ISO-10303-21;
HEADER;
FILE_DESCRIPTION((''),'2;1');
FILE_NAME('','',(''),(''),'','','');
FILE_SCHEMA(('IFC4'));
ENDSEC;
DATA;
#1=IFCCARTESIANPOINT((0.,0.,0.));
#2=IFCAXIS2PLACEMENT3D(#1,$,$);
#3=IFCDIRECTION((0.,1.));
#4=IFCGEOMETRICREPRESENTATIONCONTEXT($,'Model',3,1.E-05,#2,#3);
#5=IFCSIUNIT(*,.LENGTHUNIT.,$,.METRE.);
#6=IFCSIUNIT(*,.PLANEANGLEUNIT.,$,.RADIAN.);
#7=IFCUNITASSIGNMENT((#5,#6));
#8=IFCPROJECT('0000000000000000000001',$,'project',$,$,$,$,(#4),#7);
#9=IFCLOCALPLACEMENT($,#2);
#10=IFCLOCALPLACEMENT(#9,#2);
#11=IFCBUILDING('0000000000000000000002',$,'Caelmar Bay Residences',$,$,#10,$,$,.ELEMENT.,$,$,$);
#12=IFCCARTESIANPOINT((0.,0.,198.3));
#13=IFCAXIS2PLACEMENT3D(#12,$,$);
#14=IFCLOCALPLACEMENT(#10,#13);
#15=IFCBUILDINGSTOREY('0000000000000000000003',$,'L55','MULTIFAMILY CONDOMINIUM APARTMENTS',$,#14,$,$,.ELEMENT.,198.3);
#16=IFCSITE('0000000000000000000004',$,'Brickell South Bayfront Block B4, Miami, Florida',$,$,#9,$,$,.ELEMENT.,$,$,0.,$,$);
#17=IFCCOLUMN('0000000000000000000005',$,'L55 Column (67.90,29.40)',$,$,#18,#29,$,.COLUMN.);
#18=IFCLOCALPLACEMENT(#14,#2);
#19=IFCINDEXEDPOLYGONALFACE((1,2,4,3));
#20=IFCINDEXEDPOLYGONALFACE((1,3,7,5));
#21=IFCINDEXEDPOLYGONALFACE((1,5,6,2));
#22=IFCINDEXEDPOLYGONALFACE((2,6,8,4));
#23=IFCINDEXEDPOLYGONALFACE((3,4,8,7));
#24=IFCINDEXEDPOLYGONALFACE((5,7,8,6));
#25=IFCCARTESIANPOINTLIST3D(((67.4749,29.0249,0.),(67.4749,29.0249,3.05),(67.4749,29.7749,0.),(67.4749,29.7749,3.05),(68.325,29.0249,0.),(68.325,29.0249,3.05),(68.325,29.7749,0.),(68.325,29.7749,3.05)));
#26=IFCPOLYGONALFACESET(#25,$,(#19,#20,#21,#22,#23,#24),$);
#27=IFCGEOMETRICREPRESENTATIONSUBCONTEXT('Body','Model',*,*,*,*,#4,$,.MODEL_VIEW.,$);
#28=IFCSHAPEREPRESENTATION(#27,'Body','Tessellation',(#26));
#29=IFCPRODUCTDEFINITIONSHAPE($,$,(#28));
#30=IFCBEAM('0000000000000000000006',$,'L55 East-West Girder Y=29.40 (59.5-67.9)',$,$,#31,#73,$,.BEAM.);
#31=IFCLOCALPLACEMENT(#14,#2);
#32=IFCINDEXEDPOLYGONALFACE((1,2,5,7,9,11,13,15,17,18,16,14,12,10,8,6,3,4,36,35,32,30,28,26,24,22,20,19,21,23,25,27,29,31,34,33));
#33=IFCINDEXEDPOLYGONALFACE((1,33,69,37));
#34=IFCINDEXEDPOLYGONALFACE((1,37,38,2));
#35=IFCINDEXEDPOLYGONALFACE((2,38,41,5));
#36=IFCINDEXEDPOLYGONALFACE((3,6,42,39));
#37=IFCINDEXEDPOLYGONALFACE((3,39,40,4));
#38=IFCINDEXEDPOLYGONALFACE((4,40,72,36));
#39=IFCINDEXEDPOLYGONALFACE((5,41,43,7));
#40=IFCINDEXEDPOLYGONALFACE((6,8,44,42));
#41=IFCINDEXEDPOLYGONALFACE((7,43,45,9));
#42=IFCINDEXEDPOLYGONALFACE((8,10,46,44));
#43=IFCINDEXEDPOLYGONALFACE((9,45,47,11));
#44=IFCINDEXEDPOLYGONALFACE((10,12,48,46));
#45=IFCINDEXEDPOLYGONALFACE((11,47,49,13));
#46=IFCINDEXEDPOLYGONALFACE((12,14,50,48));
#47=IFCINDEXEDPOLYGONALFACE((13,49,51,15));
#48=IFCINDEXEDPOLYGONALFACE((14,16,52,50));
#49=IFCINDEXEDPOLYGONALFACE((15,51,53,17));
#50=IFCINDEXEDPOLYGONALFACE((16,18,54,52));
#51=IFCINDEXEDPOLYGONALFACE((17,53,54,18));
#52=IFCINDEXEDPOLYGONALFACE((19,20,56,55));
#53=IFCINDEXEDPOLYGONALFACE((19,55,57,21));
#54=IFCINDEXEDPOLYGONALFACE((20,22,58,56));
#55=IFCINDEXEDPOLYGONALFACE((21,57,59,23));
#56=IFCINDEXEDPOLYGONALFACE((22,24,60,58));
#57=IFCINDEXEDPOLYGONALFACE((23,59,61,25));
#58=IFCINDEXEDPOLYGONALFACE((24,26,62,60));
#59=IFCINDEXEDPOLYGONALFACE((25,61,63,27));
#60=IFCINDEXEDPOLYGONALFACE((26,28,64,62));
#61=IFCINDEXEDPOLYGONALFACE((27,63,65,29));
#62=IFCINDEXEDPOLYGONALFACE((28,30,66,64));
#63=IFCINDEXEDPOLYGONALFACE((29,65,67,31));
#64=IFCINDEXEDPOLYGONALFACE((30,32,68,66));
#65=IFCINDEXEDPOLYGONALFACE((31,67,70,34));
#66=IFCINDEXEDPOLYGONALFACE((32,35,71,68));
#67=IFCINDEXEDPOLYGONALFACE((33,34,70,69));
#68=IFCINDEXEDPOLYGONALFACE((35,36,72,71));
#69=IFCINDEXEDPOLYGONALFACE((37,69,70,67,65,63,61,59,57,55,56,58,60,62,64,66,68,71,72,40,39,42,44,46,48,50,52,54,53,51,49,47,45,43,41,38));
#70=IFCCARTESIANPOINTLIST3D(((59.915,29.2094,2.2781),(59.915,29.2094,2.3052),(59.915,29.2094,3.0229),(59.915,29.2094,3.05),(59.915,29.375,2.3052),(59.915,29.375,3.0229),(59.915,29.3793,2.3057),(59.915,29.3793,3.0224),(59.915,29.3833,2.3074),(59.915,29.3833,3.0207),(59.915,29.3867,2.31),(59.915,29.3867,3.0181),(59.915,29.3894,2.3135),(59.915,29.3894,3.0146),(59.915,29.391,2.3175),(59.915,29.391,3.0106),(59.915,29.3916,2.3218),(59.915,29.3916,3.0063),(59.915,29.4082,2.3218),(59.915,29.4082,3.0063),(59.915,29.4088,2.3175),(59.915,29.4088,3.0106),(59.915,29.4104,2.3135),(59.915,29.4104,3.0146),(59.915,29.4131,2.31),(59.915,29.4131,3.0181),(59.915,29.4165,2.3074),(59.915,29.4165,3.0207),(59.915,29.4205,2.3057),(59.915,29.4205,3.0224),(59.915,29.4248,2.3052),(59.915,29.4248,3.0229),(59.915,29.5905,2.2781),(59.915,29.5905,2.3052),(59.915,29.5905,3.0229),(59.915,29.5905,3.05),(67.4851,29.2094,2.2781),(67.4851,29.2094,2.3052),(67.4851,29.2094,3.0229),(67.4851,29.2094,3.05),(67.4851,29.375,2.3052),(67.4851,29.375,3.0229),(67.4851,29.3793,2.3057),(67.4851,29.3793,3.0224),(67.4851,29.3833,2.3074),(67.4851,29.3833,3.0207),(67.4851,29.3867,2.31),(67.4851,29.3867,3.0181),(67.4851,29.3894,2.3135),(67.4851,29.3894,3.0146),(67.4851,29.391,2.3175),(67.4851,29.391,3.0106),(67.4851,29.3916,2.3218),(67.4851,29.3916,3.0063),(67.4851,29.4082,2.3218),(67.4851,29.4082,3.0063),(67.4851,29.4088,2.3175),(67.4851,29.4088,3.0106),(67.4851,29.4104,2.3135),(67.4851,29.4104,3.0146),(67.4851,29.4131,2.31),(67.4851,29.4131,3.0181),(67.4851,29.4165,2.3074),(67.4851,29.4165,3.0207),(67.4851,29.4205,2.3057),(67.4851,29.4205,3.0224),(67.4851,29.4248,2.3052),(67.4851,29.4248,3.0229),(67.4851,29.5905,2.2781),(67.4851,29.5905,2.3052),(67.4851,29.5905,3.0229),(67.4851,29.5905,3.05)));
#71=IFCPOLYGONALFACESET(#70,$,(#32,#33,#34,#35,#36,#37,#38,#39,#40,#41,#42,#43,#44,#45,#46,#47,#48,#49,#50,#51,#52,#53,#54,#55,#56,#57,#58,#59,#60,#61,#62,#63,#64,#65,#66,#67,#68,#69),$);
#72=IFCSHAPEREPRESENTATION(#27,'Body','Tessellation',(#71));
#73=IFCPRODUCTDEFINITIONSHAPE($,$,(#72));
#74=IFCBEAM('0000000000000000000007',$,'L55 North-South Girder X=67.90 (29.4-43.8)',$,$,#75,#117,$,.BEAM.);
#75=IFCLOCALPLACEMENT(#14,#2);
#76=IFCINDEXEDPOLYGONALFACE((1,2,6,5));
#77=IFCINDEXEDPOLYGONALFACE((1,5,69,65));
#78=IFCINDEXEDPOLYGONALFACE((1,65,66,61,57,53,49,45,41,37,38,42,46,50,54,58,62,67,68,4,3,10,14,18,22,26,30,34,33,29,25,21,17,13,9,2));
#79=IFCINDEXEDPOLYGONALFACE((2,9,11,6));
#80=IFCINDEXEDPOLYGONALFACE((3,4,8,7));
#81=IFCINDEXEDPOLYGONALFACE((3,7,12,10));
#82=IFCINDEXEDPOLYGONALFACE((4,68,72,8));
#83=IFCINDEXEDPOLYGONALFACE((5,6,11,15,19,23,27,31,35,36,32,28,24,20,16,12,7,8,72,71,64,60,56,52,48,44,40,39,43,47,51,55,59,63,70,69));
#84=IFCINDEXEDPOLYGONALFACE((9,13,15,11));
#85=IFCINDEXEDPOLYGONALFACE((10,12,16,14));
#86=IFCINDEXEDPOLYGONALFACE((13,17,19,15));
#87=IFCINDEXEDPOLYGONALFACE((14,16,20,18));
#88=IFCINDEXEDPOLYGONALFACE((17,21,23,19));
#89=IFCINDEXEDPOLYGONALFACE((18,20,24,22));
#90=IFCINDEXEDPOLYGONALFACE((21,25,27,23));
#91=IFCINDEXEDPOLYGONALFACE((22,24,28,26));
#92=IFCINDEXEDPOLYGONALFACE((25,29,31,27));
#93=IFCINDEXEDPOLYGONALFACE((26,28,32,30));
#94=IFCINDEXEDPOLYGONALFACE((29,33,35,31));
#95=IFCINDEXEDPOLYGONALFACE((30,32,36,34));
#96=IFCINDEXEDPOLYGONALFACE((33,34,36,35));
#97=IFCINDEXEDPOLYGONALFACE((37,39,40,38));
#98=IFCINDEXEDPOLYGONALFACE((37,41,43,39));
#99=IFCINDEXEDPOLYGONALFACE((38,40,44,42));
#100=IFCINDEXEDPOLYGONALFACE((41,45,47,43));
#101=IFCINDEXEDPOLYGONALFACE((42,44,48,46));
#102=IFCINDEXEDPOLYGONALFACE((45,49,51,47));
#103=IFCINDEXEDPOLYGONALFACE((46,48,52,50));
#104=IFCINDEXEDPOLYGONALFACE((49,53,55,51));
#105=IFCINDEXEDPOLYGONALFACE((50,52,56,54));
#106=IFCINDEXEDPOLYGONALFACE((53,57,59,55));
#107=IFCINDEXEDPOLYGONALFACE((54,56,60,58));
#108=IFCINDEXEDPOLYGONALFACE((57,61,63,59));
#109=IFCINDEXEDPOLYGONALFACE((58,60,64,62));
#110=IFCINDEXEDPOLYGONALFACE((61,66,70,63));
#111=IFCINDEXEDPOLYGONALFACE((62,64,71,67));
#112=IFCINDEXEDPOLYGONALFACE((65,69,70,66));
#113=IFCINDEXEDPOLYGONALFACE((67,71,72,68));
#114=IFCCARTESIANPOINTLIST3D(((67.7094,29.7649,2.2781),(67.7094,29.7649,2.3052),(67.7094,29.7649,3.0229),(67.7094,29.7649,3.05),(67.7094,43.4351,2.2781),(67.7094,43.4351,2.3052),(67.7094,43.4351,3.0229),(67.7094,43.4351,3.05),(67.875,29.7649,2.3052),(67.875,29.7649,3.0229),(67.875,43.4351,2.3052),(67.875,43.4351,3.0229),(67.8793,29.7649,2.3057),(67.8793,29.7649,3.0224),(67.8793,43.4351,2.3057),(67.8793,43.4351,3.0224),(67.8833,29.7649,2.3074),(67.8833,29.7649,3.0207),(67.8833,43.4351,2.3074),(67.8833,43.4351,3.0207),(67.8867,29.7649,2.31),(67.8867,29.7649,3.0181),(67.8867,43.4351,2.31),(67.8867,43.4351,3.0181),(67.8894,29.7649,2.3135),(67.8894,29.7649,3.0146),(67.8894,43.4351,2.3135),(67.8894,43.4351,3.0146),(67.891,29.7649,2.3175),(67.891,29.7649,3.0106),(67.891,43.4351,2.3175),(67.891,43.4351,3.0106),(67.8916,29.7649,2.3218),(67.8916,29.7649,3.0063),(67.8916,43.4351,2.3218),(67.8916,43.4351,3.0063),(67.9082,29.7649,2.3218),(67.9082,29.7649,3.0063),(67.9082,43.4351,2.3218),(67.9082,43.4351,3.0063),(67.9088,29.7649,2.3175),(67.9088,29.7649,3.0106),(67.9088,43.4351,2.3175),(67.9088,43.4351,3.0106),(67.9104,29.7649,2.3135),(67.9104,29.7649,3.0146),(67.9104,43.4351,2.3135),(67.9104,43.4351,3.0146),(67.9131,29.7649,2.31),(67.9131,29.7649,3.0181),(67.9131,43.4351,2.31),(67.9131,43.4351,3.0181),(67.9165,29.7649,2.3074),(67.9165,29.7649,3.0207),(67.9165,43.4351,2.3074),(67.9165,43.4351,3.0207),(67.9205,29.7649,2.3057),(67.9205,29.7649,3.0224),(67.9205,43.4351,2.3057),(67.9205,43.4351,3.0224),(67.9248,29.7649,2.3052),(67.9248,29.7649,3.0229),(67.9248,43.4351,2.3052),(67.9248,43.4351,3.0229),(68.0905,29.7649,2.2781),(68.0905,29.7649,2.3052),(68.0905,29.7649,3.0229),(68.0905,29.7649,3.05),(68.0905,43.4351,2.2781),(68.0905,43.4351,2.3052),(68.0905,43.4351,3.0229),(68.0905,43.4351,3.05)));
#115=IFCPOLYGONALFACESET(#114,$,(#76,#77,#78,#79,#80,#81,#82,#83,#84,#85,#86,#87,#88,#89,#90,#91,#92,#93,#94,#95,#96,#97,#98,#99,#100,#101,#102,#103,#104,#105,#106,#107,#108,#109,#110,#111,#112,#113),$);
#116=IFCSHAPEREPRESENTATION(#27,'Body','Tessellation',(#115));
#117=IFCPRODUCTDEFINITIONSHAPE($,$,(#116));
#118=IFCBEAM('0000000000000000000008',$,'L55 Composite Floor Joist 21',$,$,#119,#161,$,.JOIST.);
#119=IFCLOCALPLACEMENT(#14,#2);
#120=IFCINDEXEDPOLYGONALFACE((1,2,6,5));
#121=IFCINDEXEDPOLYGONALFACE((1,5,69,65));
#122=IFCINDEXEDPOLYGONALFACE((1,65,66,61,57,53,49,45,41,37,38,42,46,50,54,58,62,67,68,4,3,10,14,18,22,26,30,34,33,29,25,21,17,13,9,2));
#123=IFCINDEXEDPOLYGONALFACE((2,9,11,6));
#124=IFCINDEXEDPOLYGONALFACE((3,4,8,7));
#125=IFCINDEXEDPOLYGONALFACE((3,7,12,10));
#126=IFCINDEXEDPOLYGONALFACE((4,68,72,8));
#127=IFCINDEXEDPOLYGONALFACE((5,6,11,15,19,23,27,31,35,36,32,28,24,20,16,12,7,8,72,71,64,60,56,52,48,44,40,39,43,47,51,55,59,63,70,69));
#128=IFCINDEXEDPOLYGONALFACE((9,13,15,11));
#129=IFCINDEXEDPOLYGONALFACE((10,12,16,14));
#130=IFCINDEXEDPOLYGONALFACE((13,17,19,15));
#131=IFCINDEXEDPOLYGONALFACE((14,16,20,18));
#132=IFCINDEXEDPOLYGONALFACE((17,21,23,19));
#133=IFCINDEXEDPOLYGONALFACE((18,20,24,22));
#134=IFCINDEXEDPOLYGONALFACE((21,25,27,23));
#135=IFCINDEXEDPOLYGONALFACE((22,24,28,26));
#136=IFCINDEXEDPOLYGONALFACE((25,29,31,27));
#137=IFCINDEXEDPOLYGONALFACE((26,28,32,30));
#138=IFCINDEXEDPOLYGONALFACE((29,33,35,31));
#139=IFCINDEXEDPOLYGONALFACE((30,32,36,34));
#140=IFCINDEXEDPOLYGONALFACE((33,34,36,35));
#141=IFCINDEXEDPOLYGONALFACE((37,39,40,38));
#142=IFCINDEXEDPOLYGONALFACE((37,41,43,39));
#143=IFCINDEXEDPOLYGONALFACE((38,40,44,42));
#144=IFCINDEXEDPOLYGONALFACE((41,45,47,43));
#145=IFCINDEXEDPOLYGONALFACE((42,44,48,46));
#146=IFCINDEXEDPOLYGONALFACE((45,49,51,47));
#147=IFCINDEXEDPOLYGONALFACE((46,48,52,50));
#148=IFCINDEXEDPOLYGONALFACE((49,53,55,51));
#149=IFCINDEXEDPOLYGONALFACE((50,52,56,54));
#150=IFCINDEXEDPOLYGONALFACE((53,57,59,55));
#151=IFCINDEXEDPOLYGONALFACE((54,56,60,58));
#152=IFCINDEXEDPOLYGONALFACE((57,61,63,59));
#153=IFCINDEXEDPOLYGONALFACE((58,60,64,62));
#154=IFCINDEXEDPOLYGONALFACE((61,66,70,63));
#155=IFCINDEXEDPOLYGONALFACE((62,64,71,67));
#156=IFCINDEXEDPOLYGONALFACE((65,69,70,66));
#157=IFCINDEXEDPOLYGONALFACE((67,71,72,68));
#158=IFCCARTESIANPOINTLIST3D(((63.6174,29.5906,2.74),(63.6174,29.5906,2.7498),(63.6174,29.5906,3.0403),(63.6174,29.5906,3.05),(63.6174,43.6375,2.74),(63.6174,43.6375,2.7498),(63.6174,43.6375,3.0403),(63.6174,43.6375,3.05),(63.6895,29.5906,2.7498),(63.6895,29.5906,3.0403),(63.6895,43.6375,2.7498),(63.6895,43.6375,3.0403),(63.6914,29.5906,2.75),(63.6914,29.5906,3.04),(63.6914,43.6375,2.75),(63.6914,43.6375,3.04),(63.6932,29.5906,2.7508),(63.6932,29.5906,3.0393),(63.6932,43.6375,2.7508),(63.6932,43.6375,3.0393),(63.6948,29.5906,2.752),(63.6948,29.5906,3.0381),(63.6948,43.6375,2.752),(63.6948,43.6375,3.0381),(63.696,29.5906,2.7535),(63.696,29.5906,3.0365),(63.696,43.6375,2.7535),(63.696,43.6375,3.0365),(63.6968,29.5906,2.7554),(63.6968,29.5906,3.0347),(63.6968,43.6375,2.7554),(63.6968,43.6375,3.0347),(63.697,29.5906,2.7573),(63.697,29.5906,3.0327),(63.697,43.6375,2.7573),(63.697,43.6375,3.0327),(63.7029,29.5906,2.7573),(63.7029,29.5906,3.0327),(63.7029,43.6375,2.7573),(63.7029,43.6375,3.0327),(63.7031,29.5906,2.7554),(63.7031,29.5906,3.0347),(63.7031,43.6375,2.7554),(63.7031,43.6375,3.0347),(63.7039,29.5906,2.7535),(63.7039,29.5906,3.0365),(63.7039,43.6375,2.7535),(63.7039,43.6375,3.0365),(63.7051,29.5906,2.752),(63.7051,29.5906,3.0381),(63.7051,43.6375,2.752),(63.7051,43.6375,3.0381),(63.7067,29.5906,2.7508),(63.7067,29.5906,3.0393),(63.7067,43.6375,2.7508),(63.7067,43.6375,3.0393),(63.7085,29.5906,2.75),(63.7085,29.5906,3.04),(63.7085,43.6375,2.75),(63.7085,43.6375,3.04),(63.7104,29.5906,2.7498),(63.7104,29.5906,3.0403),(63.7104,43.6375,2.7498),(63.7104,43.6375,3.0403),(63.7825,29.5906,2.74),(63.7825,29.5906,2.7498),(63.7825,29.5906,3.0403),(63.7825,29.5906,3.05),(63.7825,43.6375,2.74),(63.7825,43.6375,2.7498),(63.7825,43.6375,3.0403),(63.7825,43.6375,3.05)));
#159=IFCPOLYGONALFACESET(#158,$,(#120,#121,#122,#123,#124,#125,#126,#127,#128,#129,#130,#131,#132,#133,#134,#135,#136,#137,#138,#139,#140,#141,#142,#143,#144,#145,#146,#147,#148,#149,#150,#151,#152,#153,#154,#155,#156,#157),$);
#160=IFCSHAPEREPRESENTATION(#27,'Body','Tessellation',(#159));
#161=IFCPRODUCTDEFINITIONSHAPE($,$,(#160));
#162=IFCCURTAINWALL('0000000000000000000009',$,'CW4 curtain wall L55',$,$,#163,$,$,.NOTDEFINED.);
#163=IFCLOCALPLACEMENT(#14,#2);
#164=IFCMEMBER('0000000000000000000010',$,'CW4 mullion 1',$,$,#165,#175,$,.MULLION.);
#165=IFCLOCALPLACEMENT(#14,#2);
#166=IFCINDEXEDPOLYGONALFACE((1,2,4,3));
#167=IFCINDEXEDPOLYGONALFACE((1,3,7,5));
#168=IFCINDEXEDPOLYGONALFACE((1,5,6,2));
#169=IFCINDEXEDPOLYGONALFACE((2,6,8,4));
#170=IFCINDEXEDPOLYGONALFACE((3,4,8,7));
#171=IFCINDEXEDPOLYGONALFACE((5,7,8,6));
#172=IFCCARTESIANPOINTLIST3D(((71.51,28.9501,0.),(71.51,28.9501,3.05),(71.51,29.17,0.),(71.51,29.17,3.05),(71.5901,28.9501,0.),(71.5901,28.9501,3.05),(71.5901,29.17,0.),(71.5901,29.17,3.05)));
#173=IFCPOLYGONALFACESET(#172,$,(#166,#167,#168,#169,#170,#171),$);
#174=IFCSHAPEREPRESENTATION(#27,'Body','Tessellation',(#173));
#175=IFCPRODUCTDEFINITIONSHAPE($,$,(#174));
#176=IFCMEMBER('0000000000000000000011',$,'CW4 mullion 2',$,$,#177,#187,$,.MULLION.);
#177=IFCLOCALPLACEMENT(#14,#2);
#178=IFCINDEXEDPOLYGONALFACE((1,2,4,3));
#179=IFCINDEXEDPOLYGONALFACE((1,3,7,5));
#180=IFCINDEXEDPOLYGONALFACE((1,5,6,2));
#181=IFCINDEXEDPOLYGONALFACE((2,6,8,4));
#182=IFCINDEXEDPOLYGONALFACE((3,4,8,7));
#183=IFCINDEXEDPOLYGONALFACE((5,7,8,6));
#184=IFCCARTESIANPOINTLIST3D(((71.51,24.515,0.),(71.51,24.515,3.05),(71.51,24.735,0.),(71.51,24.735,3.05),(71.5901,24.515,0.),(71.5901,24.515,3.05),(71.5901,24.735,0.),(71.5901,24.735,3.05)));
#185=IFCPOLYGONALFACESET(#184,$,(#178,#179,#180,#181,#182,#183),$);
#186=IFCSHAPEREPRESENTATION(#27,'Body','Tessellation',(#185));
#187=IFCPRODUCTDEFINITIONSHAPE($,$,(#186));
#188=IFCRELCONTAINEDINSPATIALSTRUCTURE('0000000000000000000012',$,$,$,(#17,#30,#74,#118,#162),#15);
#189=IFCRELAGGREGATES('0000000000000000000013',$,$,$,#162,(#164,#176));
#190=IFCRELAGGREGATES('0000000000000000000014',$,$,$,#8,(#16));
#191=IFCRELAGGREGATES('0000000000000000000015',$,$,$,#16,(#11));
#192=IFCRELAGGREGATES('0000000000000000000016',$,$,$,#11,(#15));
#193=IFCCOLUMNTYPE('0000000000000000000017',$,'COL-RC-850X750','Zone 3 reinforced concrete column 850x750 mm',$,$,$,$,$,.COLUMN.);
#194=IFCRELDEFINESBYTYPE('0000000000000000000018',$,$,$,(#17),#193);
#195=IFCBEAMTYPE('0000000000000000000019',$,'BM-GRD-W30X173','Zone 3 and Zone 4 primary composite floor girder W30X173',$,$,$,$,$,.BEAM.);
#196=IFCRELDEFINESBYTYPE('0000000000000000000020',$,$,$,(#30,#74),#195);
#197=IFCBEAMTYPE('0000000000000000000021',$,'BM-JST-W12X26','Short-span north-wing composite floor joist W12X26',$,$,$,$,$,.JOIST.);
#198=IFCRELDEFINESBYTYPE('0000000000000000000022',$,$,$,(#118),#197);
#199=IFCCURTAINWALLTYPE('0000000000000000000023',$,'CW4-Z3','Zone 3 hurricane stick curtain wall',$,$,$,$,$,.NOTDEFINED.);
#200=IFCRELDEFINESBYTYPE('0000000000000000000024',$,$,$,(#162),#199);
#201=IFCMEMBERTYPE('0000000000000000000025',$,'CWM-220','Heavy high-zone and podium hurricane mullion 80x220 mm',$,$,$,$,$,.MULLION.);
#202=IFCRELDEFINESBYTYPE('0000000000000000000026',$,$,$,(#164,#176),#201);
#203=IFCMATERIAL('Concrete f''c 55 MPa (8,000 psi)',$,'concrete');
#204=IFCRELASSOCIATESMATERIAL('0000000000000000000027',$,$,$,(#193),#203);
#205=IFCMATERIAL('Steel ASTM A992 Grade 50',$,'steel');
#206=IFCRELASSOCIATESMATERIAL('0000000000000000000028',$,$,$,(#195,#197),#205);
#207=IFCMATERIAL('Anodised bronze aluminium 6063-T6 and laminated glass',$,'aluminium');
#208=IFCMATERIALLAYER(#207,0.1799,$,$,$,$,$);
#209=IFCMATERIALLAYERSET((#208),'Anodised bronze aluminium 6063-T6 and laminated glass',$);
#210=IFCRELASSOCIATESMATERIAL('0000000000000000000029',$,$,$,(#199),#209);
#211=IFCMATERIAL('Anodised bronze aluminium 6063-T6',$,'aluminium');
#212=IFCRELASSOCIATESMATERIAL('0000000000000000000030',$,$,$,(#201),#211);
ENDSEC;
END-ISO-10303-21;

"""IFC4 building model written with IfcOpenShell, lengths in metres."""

from ifc_helpers import new_model, si_unit, direction, frame, origin, origin_2d, place, context, subcontext, project, spatial, rectangle, i_section, extrude, material, layer, layer_set, material_profile, profile_set, type_object, element, aggregate, save


model = new_model("IFC4")

# Units and contexts
model_context = context("Model", 3, precision=1e-05, world=origin(), true_north=direction((0.0, 1.0)))
body_context = subcontext(model_context, "Body", "Model", "MODEL_VIEW")
ifc_project = project(units=[si_unit("LENGTHUNIT", "METRE"), si_unit("PLANEANGLEUNIT", "RADIAN")], contexts=[model_context])

# Site, building, storey
site_placement = place(None, origin())
site = spatial("IfcSite", under=ifc_project, at=site_placement, Name="Brickell South Bayfront Block B4, Miami, Florida", CompositionType="ELEMENT", RefElevation=0.0)
building_placement = place(site_placement, origin())
building = spatial("IfcBuilding", under=site, at=building_placement, Name="Caelmar Bay Residences", CompositionType="ELEMENT")
storey_placement = place(building_placement, frame((0.0, 0.0, 198.3)))
storey = spatial("IfcBuildingStorey", under=building, at=storey_placement, Name="L55", Description="MULTIFAMILY CONDOMINIUM APARTMENTS", CompositionType="ELEMENT", Elevation=198.3)

# Column
ifc_material_1 = material(Name="Concrete f'c 55 MPa (8,000 psi)", Category="concrete")
ifc_material_profile_1 = material_profile(ifc_material_1, rectangle(XDim=0.8501, YDim=0.75, at=origin_2d()), Name="RC-COL-850X750")
ifc_profile_set_1 = profile_set([ifc_material_profile_1], Name="Concrete f'c 55 MPa (8,000 psi)")
column_type = type_object("IfcColumnType", Name="COL-RC-850X750", Description="Zone 3 reinforced concrete column 850x750 mm", PredefinedType="COLUMN", material=ifc_profile_set_1)
column_placement = place(storey_placement, frame((67.8999, 29.3999, 0.0), z_axis=(0.0, 0.0, 1.0), x_axis=(1.0, 0.0, 0.0)))
element("IfcColumn", 1, at=column_placement, inside=storey, type_object=column_type, Name="L55 Column (67.90,29.40)", PredefinedType="COLUMN", context=body_context, shape_type="SweptSolid", body=[
    extrude(rectangle(XDim=0.8501, YDim=0.75, at=origin_2d()), origin(), (0.0, 0.0, 1.0), 3.05),
])

# Beams
ifc_material_2 = material(Name="Steel ASTM A992 Grade 50", Category="steel")
ifc_material_profile_2 = material_profile(ifc_material_2, i_section(OverallWidth=0.3811, OverallDepth=0.772, WebThickness=0.0166, FlangeThickness=0.0271, FilletRadius=0.0166, at=origin_2d()), Name="W30X173")
ifc_profile_set_2 = profile_set([ifc_material_profile_2], Name="Steel ASTM A992 Grade 50")
beam_type_1 = type_object("IfcBeamType", Name="BM-GRD-W30X173", Description="Zone 3 and Zone 4 primary composite floor girder W30X173", PredefinedType="BEAM", material=ifc_profile_set_2)
beam_1_placement = place(storey_placement, frame((59.915, 29.3999, 2.6641), z_axis=(1.0, 0.0, 0.0), x_axis=(0.0, 1.0, 0.0)))
element("IfcBeam", 2, at=beam_1_placement, inside=storey, type_object=beam_type_1, Name="L55 East-West Girder Y=29.40 (59.5-67.9)", PredefinedType="BEAM", context=body_context, shape_type="SweptSolid", body=[
    extrude(i_section(OverallWidth=0.3811, OverallDepth=0.772, WebThickness=0.0166, FlangeThickness=0.0271, FilletRadius=0.0166, at=origin_2d()), origin(), (0.0, 0.0, 1.0), 7.5701),
])
beam_2_placement = place(storey_placement, frame((67.8999, 29.7649, 2.6641), z_axis=(0.0, 1.0, 0.0), x_axis=(-1.0, 0.0, 0.0)))
element("IfcBeam", 3, at=beam_2_placement, inside=storey, type_object=beam_type_1, Name="L55 North-South Girder X=67.90 (29.4-43.8)", PredefinedType="BEAM", context=body_context, shape_type="SweptSolid", body=[
    extrude(i_section(OverallWidth=0.3811, OverallDepth=0.772, WebThickness=0.0166, FlangeThickness=0.0271, FilletRadius=0.0166, at=origin_2d()), origin(), (0.0, 0.0, 1.0), 13.6702),
])
ifc_material_profile_3 = material_profile(ifc_material_2, i_section(OverallWidth=0.165, OverallDepth=0.3101, WebThickness=0.0059, FlangeThickness=0.0098, FilletRadius=0.0076, at=origin_2d()), Name="W12X26")
ifc_profile_set_3 = profile_set([ifc_material_profile_3], Name="Steel ASTM A992 Grade 50")
beam_type_2 = type_object("IfcBeamType", Name="BM-JST-W12X26", Description="Short-span north-wing composite floor joist W12X26", PredefinedType="JOIST", material=ifc_profile_set_3)
beam_3_placement = place(storey_placement, frame((63.7, 29.5906, 2.895), z_axis=(0.0, 1.0, 0.0), x_axis=(-1.0, 0.0, 0.0)))
element("IfcBeam", 4, at=beam_3_placement, inside=storey, type_object=beam_type_2, Name="L55 Composite Floor Joist 21", PredefinedType="JOIST", context=body_context, shape_type="SweptSolid", body=[
    extrude(i_section(OverallWidth=0.165, OverallDepth=0.3101, WebThickness=0.0059, FlangeThickness=0.0098, FilletRadius=0.0076, at=origin_2d()), origin(), (0.0, 0.0, 1.0), 14.0469),
])

# Curtain wall, members
ifc_material_3 = material(Name="Anodised bronze aluminium 6063-T6 and laminated glass", Category="aluminium")
ifc_layer_1 = layer(ifc_material_3, 0.1799)
ifc_layer_set_1 = layer_set([ifc_layer_1], Name="Anodised bronze aluminium 6063-T6 and laminated glass")
curtain_wall_type = type_object("IfcCurtainWallType", Name="CW4-Z3", Description="Zone 3 hurricane stick curtain wall", PredefinedType="NOTDEFINED", material=ifc_layer_set_1)
curtain_wall_placement = place(storey_placement, origin())
curtain_wall = element("IfcCurtainWall", 5, at=curtain_wall_placement, inside=storey, type_object=curtain_wall_type, Name="CW4 curtain wall L55", PredefinedType="NOTDEFINED")
ifc_material_4 = material(Name="Anodised bronze aluminium 6063-T6", Category="aluminium")
ifc_material_profile_4 = material_profile(ifc_material_4, rectangle(XDim=0.0801, YDim=0.22, at=origin_2d()), Name="CWM-80X220")
ifc_profile_set_4 = profile_set([ifc_material_profile_4], Name="Anodised bronze aluminium 6063-T6")
member_type_1 = type_object("IfcMemberType", Name="CWM-220", Description="Heavy high-zone and podium hurricane mullion 80x220 mm", PredefinedType="MULLION", material=ifc_profile_set_4)
member_1_placement = place(storey_placement, frame((71.55, 29.0601, 0.0), z_axis=(0.0, 0.0, 1.0), x_axis=(1.0, 0.0, 0.0)))
member_1 = element("IfcMember", 6, at=member_1_placement, type_object=member_type_1, Name="CW4 mullion 1", PredefinedType="MULLION", context=body_context, shape_type="SweptSolid", body=[
    extrude(rectangle(XDim=0.0801, YDim=0.22, at=origin_2d()), origin(), (0.0, 0.0, 1.0), 3.05),
])
member_2_placement = place(storey_placement, frame((71.55, 24.625, 0.0), z_axis=(0.0, 0.0, 1.0), x_axis=(1.0, 0.0, 0.0)))
member_2 = element("IfcMember", 7, at=member_2_placement, type_object=member_type_1, Name="CW4 mullion 2", PredefinedType="MULLION", context=body_context, shape_type="SweptSolid", body=[
    extrude(rectangle(XDim=0.0801, YDim=0.22, at=origin_2d()), origin(), (0.0, 0.0, 1.0), 3.05),
])
aggregate(curtain_wall, [member_1, member_2])

save(model, "model.ifc")
